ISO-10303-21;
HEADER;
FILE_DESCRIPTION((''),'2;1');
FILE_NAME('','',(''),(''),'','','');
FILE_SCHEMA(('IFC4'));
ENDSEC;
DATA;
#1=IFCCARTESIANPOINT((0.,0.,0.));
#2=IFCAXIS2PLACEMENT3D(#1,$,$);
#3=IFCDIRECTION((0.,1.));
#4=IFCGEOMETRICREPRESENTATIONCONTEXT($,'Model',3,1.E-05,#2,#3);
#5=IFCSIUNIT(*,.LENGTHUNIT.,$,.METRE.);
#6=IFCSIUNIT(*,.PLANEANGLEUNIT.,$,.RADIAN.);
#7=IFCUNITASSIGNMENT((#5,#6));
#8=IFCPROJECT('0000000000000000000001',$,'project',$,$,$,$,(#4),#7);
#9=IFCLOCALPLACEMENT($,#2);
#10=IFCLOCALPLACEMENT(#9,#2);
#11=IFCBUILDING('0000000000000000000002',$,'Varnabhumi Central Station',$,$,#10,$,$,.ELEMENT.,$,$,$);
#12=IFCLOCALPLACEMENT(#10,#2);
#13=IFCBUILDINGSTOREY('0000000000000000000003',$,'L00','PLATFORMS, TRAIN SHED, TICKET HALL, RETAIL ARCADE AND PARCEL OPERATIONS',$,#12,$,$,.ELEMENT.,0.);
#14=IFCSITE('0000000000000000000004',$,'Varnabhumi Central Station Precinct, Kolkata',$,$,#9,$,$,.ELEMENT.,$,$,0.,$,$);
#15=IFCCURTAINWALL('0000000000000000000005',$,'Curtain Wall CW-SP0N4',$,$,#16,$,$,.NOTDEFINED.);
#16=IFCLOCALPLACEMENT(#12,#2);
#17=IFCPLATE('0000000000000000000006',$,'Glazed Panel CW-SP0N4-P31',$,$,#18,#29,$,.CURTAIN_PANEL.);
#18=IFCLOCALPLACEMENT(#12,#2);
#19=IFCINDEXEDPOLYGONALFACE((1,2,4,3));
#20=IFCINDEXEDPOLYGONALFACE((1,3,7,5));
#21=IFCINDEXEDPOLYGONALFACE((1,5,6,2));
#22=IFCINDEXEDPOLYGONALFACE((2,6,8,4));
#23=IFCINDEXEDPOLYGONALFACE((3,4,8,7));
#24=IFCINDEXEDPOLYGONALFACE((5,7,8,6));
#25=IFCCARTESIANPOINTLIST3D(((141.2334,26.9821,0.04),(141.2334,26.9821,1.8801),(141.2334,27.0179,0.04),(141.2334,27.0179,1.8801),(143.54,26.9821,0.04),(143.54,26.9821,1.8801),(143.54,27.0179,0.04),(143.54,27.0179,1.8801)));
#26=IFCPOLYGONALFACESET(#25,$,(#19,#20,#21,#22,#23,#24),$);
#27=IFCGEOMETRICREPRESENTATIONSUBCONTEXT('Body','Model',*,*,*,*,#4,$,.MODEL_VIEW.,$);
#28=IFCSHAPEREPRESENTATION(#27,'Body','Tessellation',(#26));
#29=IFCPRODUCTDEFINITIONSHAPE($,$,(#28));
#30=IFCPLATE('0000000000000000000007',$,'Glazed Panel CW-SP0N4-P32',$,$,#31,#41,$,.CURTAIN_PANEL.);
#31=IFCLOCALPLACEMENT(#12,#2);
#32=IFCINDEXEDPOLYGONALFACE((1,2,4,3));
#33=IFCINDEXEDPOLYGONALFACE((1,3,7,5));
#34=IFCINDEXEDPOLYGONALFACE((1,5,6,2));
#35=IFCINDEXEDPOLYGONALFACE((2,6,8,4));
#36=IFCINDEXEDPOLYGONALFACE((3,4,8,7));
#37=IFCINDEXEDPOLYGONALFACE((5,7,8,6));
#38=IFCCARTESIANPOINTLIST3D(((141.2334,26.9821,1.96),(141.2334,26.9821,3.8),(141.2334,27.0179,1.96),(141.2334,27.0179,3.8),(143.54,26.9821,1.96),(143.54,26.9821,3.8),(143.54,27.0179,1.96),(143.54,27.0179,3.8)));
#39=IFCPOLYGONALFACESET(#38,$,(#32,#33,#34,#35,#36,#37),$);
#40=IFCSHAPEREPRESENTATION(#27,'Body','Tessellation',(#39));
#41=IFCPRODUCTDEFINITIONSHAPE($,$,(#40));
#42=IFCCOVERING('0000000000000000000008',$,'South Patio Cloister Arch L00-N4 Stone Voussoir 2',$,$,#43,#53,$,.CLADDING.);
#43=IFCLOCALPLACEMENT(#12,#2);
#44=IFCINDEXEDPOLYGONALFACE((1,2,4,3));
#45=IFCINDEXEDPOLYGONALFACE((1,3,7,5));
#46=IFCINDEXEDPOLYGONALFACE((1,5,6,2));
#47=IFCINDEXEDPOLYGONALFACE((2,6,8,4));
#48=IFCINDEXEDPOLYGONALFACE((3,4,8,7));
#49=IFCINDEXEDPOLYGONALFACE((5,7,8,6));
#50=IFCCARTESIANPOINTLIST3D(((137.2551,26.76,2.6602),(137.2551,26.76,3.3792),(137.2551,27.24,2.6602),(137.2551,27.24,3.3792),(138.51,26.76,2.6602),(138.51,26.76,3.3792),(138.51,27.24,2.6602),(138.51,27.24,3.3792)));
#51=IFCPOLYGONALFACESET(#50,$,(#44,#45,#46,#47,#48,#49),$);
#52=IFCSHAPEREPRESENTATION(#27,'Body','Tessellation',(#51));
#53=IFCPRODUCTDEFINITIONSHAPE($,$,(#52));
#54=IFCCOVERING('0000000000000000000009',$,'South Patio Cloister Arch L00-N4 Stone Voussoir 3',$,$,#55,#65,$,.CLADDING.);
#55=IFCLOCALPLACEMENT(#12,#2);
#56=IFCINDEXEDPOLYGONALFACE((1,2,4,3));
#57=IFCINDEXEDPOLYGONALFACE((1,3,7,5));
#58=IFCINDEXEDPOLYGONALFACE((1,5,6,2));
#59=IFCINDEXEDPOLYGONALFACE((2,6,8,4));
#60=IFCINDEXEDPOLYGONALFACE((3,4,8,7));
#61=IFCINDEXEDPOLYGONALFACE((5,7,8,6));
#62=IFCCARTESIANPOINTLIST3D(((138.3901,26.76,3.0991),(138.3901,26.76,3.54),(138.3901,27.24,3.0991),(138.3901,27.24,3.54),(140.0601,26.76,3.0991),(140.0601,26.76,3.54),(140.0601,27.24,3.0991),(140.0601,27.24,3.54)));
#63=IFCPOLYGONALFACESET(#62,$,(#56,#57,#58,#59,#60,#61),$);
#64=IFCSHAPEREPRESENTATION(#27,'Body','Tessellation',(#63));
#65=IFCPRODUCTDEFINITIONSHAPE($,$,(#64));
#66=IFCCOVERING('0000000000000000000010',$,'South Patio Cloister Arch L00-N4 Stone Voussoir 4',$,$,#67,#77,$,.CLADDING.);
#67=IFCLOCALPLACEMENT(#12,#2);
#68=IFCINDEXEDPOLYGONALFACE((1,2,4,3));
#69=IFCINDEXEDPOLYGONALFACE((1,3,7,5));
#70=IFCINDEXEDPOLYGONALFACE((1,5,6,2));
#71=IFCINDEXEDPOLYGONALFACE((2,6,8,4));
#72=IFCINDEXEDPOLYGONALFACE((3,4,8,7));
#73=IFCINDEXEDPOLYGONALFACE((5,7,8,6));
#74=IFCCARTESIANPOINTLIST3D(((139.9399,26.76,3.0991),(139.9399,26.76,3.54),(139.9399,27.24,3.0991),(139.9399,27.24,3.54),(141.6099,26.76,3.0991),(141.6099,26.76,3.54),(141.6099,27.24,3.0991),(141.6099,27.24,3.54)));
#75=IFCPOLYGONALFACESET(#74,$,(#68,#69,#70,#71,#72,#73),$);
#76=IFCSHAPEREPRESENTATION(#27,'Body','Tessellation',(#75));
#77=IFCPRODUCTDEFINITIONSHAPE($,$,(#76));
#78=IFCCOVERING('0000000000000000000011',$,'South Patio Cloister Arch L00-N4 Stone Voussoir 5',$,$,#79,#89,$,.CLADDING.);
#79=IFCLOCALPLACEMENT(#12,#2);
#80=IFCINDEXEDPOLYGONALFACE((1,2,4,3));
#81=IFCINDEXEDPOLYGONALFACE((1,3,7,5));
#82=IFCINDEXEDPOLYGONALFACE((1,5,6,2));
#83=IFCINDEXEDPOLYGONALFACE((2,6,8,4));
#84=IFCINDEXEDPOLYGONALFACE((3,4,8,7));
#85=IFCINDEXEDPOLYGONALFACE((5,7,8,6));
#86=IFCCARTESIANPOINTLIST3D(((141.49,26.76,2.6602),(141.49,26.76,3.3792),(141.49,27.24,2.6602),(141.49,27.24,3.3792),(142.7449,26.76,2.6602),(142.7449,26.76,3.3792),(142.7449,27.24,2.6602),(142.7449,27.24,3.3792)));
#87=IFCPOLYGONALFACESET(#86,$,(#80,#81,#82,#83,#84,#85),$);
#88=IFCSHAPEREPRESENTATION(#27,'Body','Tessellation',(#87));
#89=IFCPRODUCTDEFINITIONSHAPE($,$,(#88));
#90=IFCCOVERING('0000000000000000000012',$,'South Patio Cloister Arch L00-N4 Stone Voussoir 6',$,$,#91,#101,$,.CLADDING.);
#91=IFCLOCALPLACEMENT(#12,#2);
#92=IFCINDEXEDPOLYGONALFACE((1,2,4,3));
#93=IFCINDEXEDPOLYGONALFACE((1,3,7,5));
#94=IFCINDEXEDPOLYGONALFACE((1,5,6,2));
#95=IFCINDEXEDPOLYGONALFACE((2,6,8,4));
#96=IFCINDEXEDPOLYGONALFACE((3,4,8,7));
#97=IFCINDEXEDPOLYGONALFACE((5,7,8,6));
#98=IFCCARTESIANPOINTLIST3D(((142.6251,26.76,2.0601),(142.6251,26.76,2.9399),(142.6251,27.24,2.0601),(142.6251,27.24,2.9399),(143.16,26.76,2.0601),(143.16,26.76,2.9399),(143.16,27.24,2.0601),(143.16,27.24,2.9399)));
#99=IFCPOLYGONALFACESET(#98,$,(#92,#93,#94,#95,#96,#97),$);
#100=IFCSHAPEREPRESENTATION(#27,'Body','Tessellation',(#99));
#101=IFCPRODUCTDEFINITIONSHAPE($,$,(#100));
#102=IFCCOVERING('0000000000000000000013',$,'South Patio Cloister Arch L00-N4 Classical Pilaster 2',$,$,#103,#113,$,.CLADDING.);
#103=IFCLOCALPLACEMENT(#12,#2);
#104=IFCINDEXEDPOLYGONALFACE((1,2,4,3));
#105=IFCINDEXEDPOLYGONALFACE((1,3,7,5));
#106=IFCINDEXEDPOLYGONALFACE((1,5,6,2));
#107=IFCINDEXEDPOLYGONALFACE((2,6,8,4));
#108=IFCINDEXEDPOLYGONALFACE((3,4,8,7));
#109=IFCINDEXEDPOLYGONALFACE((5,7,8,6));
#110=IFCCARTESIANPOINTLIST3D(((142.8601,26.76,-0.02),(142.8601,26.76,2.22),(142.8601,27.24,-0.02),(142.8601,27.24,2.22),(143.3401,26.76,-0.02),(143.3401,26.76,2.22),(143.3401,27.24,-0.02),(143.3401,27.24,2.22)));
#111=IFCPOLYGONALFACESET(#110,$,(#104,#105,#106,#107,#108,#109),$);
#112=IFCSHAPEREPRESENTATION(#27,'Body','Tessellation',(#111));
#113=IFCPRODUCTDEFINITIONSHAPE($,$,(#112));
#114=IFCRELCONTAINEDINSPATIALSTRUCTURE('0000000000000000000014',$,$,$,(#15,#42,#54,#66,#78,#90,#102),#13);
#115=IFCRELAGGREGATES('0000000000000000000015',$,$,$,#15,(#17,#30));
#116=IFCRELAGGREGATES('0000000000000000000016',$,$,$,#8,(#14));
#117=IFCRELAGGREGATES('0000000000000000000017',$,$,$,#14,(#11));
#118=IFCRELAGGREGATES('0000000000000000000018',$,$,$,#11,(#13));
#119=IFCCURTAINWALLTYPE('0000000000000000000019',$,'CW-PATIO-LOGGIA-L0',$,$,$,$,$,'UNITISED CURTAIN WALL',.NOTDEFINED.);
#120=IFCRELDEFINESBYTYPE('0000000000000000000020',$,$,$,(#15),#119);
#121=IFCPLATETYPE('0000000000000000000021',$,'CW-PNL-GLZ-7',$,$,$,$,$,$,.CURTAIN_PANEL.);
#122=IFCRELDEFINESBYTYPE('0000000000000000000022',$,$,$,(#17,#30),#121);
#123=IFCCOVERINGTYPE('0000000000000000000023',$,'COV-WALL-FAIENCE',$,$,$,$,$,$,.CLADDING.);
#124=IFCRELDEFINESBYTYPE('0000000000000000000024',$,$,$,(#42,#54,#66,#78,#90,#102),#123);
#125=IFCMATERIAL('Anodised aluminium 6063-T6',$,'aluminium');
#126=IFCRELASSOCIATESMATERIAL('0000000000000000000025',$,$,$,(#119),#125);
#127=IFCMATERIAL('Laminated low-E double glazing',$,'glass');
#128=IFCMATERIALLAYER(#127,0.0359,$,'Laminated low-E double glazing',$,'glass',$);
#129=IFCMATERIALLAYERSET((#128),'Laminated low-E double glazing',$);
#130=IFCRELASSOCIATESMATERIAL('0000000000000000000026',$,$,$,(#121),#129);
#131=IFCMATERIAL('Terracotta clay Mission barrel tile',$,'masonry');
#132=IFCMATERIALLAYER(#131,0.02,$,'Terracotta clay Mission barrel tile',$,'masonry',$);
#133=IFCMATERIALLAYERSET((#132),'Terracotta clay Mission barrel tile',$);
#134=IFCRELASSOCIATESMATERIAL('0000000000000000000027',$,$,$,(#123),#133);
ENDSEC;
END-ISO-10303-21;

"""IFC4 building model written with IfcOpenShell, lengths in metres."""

from ifc_helpers import new_model, si_unit, direction, frame, origin, origin_2d, place, context, subcontext, project, spatial, rectangle, extrude, material, layer, layer_set, type_object, element, aggregate, save


model = new_model("IFC4")

# Units and contexts
model_context = context("Model", 3, precision=1e-05, world=origin(), true_north=direction((0.0, 1.0)))
body_context = subcontext(model_context, "Body", "Model", "MODEL_VIEW")
ifc_project = project(units=[si_unit("LENGTHUNIT", "METRE"), si_unit("PLANEANGLEUNIT", "RADIAN")], contexts=[model_context])

# Site, building, storey
site_placement = place(None, origin())
site = spatial("IfcSite", under=ifc_project, at=site_placement, Name="Varnabhumi Central Station Precinct, Kolkata", CompositionType="ELEMENT", RefElevation=0.0)
building_placement = place(site_placement, origin())
building = spatial("IfcBuilding", under=site, at=building_placement, Name="Varnabhumi Central Station", CompositionType="ELEMENT")
storey_placement = place(building_placement, origin())
storey = spatial("IfcBuildingStorey", under=building, at=storey_placement, Name="L00", Description="PLATFORMS, TRAIN SHED, TICKET HALL, RETAIL ARCADE AND PARCEL OPERATIONS", CompositionType="ELEMENT", Elevation=0.0)

# Curtain wall, plates
ifc_material_1 = material(Name="Anodised aluminium 6063-T6", Category="aluminium")
curtain_wall_type = type_object("IfcCurtainWallType", Name="CW-PATIO-LOGGIA-L0", ElementType="UNITISED CURTAIN WALL", PredefinedType="NOTDEFINED", material=ifc_material_1)
curtain_wall_placement = place(storey_placement, origin())
curtain_wall = element("IfcCurtainWall", 1, at=curtain_wall_placement, inside=storey, type_object=curtain_wall_type, Name="Curtain Wall CW-SP0N4", PredefinedType="NOTDEFINED")
ifc_material_2 = material(Name="Laminated low-E double glazing", Category="glass")
ifc_layer_1 = layer(ifc_material_2, 0.0359, Name="Laminated low-E double glazing", Category="glass")
ifc_layer_set_1 = layer_set([ifc_layer_1], Name="Laminated low-E double glazing")
plate_type = type_object("IfcPlateType", Name="CW-PNL-GLZ-7", PredefinedType="CURTAIN_PANEL", material=ifc_layer_set_1)
plate_1_placement = place(storey_placement, frame((142.3867, 27.0, 0.04), z_axis=(0.0, 0.0, 1.0), x_axis=(1.0, 0.0, 0.0)))
plate_1 = element("IfcPlate", 2, at=plate_1_placement, type_object=plate_type, Name="Glazed Panel CW-SP0N4-P31", PredefinedType="CURTAIN_PANEL", context=body_context, shape_type="SweptSolid", body=[
    extrude(rectangle(XDim=2.3066, YDim=0.0359, at=origin_2d()), origin(), (0.0, 0.0, 1.0), 1.8401),
])
plate_2_placement = place(storey_placement, frame((142.3867, 27.0, 1.96), z_axis=(0.0, 0.0, 1.0), x_axis=(1.0, 0.0, 0.0)))
plate_2 = element("IfcPlate", 3, at=plate_2_placement, type_object=plate_type, Name="Glazed Panel CW-SP0N4-P32", PredefinedType="CURTAIN_PANEL", context=body_context, shape_type="SweptSolid", body=[
    extrude(rectangle(XDim=2.3066, YDim=0.0359, at=origin_2d()), origin(), (0.0, 0.0, 1.0), 1.8401),
])
aggregate(curtain_wall, [plate_1, plate_2])

# Coverings
ifc_material_3 = material(Name="Terracotta clay Mission barrel tile", Category="masonry")
ifc_layer_2 = layer(ifc_material_3, 0.02, Name="Terracotta clay Mission barrel tile", Category="masonry")
ifc_layer_set_2 = layer_set([ifc_layer_2], Name="Terracotta clay Mission barrel tile")
covering_type = type_object("IfcCoveringType", Name="COV-WALL-FAIENCE", PredefinedType="CLADDING", material=ifc_layer_set_2)
covering_1_placement = place(storey_placement, frame((137.8826, 27.0, 2.6602), z_axis=(0.0, 0.0, 1.0), x_axis=(1.0, 0.0, 0.0)))
element("IfcCovering", 4, at=covering_1_placement, inside=storey, type_object=covering_type, Name="South Patio Cloister Arch L00-N4 Stone Voussoir 2", PredefinedType="CLADDING", context=body_context, shape_type="SweptSolid", body=[
    extrude(rectangle(XDim=1.2549, YDim=0.48, at=origin_2d()), origin(), (0.0, 0.0, 1.0), 0.719),
])
for number, where, z_axis, x_axis, name in (
    (5, (139.2251, 27.0, 3.0991), (0.0, 0.0, 1.0), (1.0, 0.0, 0.0), "South Patio Cloister Arch L00-N4 Stone Voussoir 3"),
    (6, (140.7749, 27.0, 3.0991), (0.0, 0.0, 1.0), (1.0, 0.0, 0.0), "South Patio Cloister Arch L00-N4 Stone Voussoir 4"),
):
    element("IfcCovering", number, at=place(storey_placement, frame(where, z_axis=z_axis, x_axis=x_axis)), inside=storey, type_object=covering_type, Name=name, PredefinedType="CLADDING", context=body_context, shape_type="SweptSolid", body=[
        extrude(rectangle(XDim=1.6699, YDim=0.48, at=origin_2d()), origin(), (0.0, 0.0, 1.0), 0.4409),
    ])
covering_2_placement = place(storey_placement, frame((142.1174, 27.0, 2.6602), z_axis=(0.0, 0.0, 1.0), x_axis=(1.0, 0.0, 0.0)))
element("IfcCovering", 7, at=covering_2_placement, inside=storey, type_object=covering_type, Name="South Patio Cloister Arch L00-N4 Stone Voussoir 5", PredefinedType="CLADDING", context=body_context, shape_type="SweptSolid", body=[
    extrude(rectangle(XDim=1.2549, YDim=0.48, at=origin_2d()), origin(), (0.0, 0.0, 1.0), 0.719),
])
covering_3_placement = place(storey_placement, frame((142.8926, 27.0, 2.0601), z_axis=(0.0, 0.0, 1.0), x_axis=(1.0, 0.0, 0.0)))
element("IfcCovering", 8, at=covering_3_placement, inside=storey, type_object=covering_type, Name="South Patio Cloister Arch L00-N4 Stone Voussoir 6", PredefinedType="CLADDING", context=body_context, shape_type="SweptSolid", body=[
    extrude(rectangle(XDim=0.5349, YDim=0.48, at=origin_2d()), origin(), (0.0, 0.0, 1.0), 0.8799),
])
covering_4_placement = place(storey_placement, frame((143.1001, 27.0, -0.02), z_axis=(0.0, 0.0, 1.0), x_axis=(1.0, 0.0, 0.0)))
element("IfcCovering", 9, at=covering_4_placement, inside=storey, type_object=covering_type, Name="South Patio Cloister Arch L00-N4 Classical Pilaster 2", PredefinedType="CLADDING", context=body_context, shape_type="SweptSolid", body=[
    extrude(rectangle(XDim=0.48, YDim=0.48, at=origin_2d()), origin(), (0.0, 0.0, 1.0), 2.24),
])

save(model, "model.ifc")
